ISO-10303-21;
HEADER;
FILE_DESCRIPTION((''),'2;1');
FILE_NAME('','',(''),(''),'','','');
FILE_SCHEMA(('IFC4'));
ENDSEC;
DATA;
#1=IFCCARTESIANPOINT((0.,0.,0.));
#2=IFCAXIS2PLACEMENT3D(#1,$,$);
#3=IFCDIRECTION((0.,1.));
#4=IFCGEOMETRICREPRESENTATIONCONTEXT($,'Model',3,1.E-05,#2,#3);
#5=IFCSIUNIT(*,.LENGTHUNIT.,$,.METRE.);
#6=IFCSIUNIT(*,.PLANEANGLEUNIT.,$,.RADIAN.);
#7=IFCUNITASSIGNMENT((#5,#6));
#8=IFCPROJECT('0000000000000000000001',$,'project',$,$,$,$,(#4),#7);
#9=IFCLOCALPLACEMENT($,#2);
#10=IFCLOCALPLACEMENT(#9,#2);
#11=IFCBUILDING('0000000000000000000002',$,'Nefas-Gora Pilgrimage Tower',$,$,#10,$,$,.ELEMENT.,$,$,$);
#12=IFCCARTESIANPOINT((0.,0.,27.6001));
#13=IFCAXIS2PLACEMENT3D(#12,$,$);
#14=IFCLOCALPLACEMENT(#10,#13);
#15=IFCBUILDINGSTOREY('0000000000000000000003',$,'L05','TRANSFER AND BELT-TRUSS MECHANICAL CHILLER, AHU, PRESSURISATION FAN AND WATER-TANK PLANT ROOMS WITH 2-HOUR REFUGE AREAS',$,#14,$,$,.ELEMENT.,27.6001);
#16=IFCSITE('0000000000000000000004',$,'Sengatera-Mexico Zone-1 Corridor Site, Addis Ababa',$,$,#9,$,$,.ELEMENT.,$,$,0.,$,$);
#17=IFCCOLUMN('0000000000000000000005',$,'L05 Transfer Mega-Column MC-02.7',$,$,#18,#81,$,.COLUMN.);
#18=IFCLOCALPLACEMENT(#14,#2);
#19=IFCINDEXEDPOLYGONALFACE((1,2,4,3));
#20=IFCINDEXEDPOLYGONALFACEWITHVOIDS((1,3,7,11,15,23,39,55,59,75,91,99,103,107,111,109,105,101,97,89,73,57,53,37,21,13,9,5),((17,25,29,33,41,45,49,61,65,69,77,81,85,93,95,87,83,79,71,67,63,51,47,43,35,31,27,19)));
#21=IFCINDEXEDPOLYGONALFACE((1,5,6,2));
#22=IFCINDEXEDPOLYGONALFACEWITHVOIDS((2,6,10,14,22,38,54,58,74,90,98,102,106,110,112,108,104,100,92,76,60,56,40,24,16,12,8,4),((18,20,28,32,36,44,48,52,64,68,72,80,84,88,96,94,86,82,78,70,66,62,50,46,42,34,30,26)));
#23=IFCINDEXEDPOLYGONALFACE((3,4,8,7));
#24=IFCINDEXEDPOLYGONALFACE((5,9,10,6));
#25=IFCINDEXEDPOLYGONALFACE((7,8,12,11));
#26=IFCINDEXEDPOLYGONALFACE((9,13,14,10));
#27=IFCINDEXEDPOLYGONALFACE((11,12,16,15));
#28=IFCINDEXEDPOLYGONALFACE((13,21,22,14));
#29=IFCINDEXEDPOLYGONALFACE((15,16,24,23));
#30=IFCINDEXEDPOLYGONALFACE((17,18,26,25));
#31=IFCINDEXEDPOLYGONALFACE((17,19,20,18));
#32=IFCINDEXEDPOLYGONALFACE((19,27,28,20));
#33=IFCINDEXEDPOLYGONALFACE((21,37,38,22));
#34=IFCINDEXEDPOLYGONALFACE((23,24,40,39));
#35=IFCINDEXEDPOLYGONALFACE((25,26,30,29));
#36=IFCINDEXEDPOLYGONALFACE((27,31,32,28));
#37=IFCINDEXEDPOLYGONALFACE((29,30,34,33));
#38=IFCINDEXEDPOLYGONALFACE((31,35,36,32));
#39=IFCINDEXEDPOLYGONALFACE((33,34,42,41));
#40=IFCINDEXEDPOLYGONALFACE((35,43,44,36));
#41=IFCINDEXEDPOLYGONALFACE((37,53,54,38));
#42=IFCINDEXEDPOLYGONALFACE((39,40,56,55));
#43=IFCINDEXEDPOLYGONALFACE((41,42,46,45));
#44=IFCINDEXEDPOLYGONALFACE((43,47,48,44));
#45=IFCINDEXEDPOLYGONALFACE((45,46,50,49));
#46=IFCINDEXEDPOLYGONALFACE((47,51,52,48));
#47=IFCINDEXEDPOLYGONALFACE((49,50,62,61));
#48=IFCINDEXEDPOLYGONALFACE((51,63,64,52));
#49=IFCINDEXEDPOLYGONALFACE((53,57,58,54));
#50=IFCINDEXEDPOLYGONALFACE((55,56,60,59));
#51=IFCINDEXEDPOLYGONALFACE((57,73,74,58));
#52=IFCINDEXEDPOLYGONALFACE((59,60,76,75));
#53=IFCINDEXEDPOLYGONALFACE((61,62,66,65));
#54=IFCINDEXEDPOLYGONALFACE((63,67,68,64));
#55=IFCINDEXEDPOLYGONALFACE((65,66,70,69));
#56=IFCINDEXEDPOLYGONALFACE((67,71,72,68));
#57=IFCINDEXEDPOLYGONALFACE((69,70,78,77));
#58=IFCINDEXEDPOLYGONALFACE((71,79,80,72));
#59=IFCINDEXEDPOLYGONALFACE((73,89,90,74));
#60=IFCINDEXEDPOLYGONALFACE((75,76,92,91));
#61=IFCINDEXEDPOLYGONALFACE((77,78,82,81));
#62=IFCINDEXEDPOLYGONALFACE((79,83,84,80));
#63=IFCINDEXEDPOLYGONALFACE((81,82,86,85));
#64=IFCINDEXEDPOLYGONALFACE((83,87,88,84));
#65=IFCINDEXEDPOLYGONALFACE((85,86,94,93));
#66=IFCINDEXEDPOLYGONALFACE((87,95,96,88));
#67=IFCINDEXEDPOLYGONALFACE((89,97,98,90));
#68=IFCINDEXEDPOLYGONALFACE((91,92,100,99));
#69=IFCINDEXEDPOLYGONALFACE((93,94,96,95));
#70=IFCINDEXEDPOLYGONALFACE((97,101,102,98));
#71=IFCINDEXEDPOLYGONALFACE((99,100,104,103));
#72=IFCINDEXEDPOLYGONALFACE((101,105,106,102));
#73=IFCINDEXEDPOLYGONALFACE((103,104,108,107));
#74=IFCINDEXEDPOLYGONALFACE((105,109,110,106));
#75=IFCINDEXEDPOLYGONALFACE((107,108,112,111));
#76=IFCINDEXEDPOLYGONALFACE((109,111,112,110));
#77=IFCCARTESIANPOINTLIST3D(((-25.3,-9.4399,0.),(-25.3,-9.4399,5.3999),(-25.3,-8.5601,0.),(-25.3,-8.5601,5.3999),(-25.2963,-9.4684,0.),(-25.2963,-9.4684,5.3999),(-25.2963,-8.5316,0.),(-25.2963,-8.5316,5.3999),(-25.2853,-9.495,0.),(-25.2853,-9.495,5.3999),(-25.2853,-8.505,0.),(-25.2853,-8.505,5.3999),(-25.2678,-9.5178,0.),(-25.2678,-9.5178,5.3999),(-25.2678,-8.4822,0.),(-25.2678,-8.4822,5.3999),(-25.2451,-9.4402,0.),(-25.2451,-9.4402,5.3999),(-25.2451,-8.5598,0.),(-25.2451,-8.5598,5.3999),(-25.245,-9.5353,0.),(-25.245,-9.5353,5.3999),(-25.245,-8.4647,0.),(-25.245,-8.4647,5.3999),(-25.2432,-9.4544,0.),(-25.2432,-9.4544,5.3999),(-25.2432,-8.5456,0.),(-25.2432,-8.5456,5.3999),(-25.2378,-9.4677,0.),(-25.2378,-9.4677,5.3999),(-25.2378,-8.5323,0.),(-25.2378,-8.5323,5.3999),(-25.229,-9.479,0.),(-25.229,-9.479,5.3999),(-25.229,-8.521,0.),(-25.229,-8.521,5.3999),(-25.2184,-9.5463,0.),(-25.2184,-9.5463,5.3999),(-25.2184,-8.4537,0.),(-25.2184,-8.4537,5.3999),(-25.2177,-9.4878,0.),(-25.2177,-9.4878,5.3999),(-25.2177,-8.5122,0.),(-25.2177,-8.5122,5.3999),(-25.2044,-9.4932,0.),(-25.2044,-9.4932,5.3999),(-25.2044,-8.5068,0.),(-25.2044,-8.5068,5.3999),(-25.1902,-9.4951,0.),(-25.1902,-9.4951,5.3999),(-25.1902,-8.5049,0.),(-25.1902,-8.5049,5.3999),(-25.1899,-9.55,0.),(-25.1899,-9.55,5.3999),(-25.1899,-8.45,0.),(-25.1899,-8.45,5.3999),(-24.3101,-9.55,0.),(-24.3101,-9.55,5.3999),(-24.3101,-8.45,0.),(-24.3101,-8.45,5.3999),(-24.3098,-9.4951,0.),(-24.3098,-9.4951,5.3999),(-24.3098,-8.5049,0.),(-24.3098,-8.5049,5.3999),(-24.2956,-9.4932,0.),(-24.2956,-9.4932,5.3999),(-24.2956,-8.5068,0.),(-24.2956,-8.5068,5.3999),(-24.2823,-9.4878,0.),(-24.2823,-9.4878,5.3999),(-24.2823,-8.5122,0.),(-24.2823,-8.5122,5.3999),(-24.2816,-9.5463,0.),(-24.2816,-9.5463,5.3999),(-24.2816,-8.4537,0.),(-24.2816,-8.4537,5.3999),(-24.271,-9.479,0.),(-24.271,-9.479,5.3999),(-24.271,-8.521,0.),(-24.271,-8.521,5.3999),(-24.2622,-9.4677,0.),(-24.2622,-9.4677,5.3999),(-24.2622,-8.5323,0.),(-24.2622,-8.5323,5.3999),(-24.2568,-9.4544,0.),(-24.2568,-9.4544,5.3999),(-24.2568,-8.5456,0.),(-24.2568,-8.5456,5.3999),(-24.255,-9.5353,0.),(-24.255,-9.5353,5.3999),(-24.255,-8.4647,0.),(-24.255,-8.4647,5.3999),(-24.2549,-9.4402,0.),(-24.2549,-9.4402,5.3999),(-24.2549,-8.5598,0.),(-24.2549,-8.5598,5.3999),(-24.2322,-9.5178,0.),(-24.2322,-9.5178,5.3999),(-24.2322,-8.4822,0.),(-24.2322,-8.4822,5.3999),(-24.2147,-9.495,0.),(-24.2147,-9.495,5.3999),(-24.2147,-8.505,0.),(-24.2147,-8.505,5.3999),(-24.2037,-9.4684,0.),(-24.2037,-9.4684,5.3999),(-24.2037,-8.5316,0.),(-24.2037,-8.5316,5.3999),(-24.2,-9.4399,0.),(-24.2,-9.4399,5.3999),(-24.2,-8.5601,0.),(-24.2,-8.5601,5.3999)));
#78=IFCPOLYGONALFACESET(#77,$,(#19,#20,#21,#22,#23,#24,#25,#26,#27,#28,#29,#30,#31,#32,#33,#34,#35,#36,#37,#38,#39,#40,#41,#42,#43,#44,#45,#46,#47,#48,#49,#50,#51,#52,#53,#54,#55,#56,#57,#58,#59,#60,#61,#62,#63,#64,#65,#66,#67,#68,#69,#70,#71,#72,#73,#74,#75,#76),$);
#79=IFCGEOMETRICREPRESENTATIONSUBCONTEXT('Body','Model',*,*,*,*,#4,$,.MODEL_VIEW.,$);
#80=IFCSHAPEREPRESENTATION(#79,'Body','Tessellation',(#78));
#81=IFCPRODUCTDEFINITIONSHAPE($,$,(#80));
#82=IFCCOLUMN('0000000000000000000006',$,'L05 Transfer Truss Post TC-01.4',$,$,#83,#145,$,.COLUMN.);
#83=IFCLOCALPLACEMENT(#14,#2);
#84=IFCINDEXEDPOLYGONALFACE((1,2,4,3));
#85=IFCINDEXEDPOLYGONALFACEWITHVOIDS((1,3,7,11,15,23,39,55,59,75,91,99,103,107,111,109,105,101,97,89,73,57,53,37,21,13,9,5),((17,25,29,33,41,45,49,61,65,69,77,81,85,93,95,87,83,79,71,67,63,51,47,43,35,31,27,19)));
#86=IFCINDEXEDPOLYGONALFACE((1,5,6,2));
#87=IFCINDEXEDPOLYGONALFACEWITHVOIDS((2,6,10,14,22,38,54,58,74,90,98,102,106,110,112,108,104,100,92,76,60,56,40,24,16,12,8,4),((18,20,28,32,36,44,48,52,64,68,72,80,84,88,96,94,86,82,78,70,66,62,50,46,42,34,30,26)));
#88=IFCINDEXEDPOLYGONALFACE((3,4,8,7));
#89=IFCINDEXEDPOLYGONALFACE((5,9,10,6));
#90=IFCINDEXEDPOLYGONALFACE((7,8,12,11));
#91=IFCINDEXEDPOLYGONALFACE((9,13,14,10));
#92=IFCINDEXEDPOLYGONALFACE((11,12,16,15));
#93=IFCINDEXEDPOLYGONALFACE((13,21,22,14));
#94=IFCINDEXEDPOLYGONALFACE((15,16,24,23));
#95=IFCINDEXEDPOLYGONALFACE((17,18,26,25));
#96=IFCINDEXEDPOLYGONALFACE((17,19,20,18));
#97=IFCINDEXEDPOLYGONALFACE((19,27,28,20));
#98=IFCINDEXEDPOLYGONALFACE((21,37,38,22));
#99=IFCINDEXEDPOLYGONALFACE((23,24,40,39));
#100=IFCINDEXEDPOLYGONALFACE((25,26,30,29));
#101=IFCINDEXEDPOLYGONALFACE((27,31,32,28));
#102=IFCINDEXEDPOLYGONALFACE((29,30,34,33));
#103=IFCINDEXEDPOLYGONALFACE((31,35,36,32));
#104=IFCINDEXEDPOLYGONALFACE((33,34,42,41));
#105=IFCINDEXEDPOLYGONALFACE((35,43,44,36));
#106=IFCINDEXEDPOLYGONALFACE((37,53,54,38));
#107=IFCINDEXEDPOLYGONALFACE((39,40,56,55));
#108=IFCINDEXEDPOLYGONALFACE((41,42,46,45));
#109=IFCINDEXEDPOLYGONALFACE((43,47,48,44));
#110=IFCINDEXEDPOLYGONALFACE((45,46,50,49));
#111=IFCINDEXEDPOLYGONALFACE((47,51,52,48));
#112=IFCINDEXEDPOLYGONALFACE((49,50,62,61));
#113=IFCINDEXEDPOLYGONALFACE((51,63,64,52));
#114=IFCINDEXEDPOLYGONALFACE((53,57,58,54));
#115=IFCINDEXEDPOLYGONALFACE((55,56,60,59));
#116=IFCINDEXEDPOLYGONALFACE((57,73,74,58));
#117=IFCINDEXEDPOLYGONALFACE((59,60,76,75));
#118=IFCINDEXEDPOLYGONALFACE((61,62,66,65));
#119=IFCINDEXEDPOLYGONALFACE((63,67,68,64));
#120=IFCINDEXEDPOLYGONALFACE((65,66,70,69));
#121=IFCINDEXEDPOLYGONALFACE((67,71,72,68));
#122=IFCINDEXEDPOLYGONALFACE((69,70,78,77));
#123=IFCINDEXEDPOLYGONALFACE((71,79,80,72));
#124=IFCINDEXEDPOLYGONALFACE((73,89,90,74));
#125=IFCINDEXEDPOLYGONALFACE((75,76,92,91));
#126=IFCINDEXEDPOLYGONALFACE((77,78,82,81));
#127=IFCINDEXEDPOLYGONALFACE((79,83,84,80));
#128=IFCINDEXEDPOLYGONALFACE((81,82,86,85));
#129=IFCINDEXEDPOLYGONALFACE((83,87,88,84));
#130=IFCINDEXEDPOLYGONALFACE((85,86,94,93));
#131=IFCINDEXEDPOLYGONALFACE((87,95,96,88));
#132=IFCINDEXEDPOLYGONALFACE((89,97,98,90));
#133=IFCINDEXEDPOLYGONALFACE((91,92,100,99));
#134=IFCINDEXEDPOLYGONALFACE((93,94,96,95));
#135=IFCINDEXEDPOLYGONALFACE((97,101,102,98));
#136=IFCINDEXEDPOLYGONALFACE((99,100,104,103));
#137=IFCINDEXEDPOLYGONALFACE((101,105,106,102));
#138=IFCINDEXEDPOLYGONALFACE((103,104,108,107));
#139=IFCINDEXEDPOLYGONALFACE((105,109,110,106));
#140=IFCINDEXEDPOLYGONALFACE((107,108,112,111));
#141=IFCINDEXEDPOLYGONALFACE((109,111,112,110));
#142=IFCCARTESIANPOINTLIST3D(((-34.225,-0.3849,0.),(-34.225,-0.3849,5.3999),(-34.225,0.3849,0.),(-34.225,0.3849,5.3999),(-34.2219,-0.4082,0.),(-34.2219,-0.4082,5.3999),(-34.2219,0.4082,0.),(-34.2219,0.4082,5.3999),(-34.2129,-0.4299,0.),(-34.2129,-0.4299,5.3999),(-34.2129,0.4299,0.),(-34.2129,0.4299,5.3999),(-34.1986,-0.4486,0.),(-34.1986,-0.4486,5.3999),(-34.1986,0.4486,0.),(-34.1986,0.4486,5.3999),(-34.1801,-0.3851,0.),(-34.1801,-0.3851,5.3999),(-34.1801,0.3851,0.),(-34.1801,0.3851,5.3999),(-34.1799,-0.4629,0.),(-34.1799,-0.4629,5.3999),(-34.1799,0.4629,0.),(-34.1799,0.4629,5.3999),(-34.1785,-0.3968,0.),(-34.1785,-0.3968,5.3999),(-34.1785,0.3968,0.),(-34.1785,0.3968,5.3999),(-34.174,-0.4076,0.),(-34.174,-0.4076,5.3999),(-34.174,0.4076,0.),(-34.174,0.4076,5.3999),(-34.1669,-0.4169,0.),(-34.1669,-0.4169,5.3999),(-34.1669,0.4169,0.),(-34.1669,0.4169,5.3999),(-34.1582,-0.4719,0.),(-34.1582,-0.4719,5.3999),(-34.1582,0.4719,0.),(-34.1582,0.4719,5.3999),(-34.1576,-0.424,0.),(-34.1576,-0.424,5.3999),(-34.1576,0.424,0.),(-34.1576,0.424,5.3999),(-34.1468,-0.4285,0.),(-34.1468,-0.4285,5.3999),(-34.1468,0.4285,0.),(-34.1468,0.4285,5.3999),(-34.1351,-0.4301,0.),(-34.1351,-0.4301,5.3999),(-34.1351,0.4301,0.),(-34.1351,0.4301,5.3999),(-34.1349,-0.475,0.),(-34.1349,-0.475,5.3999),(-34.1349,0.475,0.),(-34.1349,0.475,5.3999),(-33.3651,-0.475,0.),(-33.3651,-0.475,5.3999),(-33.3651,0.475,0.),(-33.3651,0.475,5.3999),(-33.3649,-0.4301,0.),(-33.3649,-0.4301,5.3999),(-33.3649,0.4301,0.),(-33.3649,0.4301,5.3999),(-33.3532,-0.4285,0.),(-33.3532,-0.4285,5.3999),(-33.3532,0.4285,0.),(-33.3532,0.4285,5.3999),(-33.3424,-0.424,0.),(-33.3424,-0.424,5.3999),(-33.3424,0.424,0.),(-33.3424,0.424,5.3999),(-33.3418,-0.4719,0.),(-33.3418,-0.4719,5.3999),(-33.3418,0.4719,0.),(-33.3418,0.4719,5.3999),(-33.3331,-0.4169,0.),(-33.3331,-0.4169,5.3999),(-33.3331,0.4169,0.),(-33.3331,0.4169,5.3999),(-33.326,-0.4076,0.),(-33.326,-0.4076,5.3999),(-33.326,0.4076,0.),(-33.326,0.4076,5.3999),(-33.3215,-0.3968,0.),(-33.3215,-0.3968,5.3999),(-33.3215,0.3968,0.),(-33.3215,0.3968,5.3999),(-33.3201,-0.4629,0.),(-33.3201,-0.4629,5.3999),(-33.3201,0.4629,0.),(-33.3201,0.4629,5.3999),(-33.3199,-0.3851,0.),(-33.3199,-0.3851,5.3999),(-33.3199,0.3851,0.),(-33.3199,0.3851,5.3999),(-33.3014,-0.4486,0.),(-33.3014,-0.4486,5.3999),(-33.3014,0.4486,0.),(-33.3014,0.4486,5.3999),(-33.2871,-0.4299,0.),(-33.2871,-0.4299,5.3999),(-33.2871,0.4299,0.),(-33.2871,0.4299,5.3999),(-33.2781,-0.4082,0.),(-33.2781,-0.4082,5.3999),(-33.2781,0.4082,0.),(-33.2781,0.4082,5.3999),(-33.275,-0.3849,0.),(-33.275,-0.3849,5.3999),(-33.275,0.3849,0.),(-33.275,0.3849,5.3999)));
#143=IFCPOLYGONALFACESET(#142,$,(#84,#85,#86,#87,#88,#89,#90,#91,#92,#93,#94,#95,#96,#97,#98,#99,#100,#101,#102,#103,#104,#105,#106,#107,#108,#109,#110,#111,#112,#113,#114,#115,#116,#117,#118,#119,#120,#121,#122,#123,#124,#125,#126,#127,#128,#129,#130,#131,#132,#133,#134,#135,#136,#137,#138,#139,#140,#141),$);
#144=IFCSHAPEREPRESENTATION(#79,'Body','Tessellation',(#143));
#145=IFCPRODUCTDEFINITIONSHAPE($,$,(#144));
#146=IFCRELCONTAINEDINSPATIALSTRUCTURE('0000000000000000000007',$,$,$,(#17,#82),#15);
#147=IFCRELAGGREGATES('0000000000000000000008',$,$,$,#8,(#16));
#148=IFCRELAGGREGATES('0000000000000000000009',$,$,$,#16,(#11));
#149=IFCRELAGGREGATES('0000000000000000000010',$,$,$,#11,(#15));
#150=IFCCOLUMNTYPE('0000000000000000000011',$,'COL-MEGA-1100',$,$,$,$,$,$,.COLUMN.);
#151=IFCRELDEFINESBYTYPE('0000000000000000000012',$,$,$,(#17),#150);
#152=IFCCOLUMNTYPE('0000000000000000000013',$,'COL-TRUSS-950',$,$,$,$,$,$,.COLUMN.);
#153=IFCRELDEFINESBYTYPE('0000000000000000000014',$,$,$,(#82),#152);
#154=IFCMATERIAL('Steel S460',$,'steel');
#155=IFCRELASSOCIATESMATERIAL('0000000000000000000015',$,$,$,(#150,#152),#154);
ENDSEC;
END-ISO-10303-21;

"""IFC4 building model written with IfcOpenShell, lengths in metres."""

from ifc_helpers import new_model, si_unit, direction, frame, origin, origin_2d, place, context, subcontext, project, spatial, hollow_rectangle, extrude, source, transform, mapped, material, material_profile, profile_set, type_object, element, save


model = new_model("IFC4")

# Units and contexts
model_context = context("Model", 3, precision=1e-05, world=origin(), true_north=direction((0.0, 1.0)))
body_context = subcontext(model_context, "Body", "Model", "MODEL_VIEW")
ifc_project = project(units=[si_unit("LENGTHUNIT", "METRE"), si_unit("PLANEANGLEUNIT", "RADIAN")], contexts=[model_context])

# Site, building, storey
site_placement = place(None, origin())
site = spatial("IfcSite", under=ifc_project, at=site_placement, Name="Sengatera-Mexico Zone-1 Corridor Site, Addis Ababa", CompositionType="ELEMENT", RefElevation=0.0)
building_placement = place(site_placement, origin())
building = spatial("IfcBuilding", under=site, at=building_placement, Name="Nefas-Gora Pilgrimage Tower", CompositionType="ELEMENT")
storey_placement = place(building_placement, frame((0.0, 0.0, 27.6001)))
storey = spatial("IfcBuildingStorey", under=building, at=storey_placement, Name="L05", Description="TRANSFER AND BELT-TRUSS MECHANICAL CHILLER, AHU, PRESSURISATION FAN AND WATER-TANK PLANT ROOMS WITH 2-HOUR REFUGE AREAS", CompositionType="ELEMENT", Elevation=27.6001)

# Columns
ifc_material_1 = material(Name="Steel S460", Category="steel")
ifc_material_profile_1 = material_profile(ifc_material_1, hollow_rectangle(XDim=1.1001, YDim=1.1001, WallThickness=0.0549, InnerFilletRadius=0.0549, OuterFilletRadius=0.1101, at=origin_2d()), Name="BOX 1100x1100x55")
ifc_profile_set_1 = profile_set([ifc_material_profile_1], Name="Steel S460")
column_type_1 = type_object("IfcColumnType", Name="COL-MEGA-1100", PredefinedType="COLUMN", material=ifc_profile_set_1)
shared_shape_1 = source(origin(), body_context, "Body", "SweptSolid", [
    extrude(hollow_rectangle(XDim=1.1001, YDim=1.1001, WallThickness=0.0549, InnerFilletRadius=0.0549, OuterFilletRadius=0.1101, at=origin_2d()), origin(), (0.0, 0.0, 1.0), 5.3999),
])
column_placement = place(storey_placement, frame((-24.75, -9.0, 0.0), z_axis=(0.0, 0.0, 1.0), x_axis=(1.0, 0.0, 0.0)))
element("IfcColumn", 1, at=column_placement, inside=storey, type_object=column_type_1, Name="L05 Transfer Mega-Column MC-02.7", PredefinedType="COLUMN", context=body_context, shape_type="MappedRepresentation", body=[
    mapped(shared_shape_1, transform((0.0, 0.0, 0.0), x_axis=(1.0, 0.0, 0.0), y_axis=(0.0, 1.0, 0.0), z_axis=(0.0, 0.0, 1.0), scale=1.0)),
])
ifc_material_profile_2 = material_profile(ifc_material_1, hollow_rectangle(XDim=0.95, YDim=0.95, WallThickness=0.0449, InnerFilletRadius=0.0449, OuterFilletRadius=0.0901, at=origin_2d()), Name="BOX 950x950x45")
ifc_profile_set_2 = profile_set([ifc_material_profile_2], Name="Steel S460")
column_type_2 = type_object("IfcColumnType", Name="COL-TRUSS-950", PredefinedType="COLUMN", material=ifc_profile_set_2)
shared_shape_2 = source(origin(), body_context, "Body", "SweptSolid", [
    extrude(hollow_rectangle(XDim=0.95, YDim=0.95, WallThickness=0.0449, InnerFilletRadius=0.0449, OuterFilletRadius=0.0901, at=origin_2d()), origin(), (0.0, 0.0, 1.0), 5.3999),
])
for number, where, z_axis, x_axis, name in (
    (2, (-33.75, 0.0, 0.0), (0.0, 0.0, 1.0), (1.0, 0.0, 0.0), "L05 Transfer Truss Post TC-01.4"),
):
    element("IfcColumn", number, at=place(storey_placement, frame(where, z_axis=z_axis, x_axis=x_axis)), inside=storey, type_object=column_type_2, Name=name, PredefinedType="COLUMN", context=body_context, shape_type="MappedRepresentation", body=[
        mapped(shared_shape_2, transform((0.0, 0.0, 0.0), x_axis=(1.0, 0.0, 0.0), y_axis=(0.0, 1.0, 0.0), z_axis=(0.0, 0.0, 1.0), scale=1.0)),
    ])

save(model, "model.ifc")
